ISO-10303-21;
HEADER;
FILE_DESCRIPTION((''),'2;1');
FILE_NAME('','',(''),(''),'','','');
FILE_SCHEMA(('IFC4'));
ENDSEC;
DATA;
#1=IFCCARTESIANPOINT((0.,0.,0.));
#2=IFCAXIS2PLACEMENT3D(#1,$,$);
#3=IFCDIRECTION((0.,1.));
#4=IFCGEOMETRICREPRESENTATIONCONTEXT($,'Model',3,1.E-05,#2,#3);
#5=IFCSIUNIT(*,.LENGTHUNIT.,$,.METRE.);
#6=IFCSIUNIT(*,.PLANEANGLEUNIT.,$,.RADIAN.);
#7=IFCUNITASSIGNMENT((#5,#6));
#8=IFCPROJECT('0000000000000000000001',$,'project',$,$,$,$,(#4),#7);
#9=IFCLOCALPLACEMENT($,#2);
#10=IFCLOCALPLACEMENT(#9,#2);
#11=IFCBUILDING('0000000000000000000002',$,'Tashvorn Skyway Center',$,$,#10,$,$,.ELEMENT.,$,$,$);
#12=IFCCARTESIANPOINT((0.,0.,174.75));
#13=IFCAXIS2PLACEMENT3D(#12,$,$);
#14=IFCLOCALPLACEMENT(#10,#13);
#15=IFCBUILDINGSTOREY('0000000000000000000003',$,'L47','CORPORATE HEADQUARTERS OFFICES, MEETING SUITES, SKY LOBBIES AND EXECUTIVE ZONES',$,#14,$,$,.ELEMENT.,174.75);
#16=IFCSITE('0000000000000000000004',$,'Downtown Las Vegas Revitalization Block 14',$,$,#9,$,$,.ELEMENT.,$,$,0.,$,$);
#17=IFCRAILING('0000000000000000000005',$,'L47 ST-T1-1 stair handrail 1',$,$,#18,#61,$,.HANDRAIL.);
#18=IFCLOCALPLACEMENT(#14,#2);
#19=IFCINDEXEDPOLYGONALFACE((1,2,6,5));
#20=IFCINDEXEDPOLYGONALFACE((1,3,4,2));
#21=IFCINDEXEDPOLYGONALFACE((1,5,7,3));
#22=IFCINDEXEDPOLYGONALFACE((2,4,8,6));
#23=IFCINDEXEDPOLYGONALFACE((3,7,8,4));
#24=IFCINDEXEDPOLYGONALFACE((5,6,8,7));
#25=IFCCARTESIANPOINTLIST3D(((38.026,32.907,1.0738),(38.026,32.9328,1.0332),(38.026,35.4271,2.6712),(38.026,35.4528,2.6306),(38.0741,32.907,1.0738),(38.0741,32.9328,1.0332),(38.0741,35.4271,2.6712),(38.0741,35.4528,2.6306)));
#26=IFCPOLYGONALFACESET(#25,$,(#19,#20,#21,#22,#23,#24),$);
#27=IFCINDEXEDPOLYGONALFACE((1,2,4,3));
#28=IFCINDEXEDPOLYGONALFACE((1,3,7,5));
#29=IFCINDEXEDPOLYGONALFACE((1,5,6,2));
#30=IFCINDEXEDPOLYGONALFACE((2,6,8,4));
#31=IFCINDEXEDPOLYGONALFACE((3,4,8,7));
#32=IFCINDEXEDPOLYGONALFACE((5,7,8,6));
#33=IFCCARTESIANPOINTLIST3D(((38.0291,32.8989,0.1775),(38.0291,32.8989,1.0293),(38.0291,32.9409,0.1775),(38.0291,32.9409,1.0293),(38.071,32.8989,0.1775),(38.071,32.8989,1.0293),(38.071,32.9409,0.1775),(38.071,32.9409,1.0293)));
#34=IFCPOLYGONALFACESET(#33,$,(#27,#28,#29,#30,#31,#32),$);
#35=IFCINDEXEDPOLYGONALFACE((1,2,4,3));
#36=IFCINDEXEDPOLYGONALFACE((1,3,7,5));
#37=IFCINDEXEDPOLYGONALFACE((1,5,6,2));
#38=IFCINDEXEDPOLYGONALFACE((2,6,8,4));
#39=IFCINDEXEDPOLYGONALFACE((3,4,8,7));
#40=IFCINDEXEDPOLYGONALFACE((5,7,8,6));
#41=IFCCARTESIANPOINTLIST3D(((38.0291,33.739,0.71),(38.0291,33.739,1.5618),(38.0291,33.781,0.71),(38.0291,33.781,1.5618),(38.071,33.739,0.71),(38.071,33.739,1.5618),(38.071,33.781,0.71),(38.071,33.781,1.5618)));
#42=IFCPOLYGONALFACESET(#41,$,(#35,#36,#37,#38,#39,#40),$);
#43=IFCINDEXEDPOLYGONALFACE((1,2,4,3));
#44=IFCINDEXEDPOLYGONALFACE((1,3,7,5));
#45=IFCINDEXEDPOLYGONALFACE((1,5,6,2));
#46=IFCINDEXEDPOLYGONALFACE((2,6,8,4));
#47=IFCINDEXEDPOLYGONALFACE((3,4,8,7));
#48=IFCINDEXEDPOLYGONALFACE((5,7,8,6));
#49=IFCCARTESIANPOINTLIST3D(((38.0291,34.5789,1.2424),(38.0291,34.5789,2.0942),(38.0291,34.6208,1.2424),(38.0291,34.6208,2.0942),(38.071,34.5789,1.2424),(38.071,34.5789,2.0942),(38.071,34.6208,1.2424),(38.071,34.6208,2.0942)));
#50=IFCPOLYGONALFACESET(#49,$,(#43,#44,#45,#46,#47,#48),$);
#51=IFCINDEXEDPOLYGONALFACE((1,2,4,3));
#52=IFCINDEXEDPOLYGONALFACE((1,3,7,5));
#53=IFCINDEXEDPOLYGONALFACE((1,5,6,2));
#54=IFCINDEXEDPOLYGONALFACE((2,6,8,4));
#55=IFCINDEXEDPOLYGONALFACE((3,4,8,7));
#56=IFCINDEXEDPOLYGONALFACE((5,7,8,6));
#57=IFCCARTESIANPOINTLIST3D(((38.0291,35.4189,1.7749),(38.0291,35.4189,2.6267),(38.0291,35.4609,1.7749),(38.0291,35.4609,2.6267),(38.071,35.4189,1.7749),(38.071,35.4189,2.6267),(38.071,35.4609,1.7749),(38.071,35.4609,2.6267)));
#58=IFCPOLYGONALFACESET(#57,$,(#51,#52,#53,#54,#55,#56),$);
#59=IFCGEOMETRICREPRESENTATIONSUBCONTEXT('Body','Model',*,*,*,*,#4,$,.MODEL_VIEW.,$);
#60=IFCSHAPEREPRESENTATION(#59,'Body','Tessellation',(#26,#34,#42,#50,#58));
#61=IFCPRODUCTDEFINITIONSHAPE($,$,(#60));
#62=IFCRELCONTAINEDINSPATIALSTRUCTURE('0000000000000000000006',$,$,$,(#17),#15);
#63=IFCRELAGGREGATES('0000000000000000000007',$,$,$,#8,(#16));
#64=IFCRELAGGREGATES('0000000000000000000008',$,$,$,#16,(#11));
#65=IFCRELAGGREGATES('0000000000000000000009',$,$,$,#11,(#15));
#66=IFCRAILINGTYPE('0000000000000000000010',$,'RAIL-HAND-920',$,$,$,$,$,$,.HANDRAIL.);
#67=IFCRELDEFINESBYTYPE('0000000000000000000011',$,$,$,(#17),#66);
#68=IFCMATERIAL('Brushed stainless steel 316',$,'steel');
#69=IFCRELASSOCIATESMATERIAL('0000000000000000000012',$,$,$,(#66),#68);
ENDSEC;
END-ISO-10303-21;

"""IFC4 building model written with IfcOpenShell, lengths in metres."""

from ifc_helpers import new_model, si_unit, direction, frame, origin, origin_2d, place, context, subcontext, project, spatial, rectangle, extrude, material, type_object, element, save


model = new_model("IFC4")

# Units and contexts
model_context = context("Model", 3, precision=1e-05, world=origin(), true_north=direction((0.0, 1.0)))
body_context = subcontext(model_context, "Body", "Model", "MODEL_VIEW")
ifc_project = project(units=[si_unit("LENGTHUNIT", "METRE"), si_unit("PLANEANGLEUNIT", "RADIAN")], contexts=[model_context])

# Site, building, storey
site_placement = place(None, origin())
site = spatial("IfcSite", under=ifc_project, at=site_placement, Name="Downtown Las Vegas Revitalization Block 14", CompositionType="ELEMENT", RefElevation=0.0)
building_placement = place(site_placement, origin())
building = spatial("IfcBuilding", under=site, at=building_placement, Name="Tashvorn Skyway Center", CompositionType="ELEMENT")
storey_placement = place(building_placement, frame((0.0, 0.0, 174.75)))
storey = spatial("IfcBuildingStorey", under=building, at=storey_placement, Name="L47", Description="CORPORATE HEADQUARTERS OFFICES, MEETING SUITES, SKY LOBBIES AND EXECUTIVE ZONES", CompositionType="ELEMENT", Elevation=174.75)

# Railing
ifc_material_1 = material(Name="Brushed stainless steel 316", Category="steel")
railing_type = type_object("IfcRailingType", Name="RAIL-HAND-920", PredefinedType="HANDRAIL", material=ifc_material_1)
railing_placement = place(storey_placement, frame((38.05, 32.9199, 0.1775)))
element("IfcRailing", 1, at=railing_placement, inside=storey, type_object=railing_type, Name="L47 ST-T1-1 stair handrail 1", PredefinedType="HANDRAIL", context=body_context, shape_type="SweptSolid", body=[
    extrude(rectangle(XDim=0.0481, YDim=0.0481, at=origin_2d()), frame((0.0, 0.0, 0.876), z_axis=(0.0, 0.844607, 0.535387), x_axis=(-1.0, 0.0, 0.0)), (0.0, 0.0, 1.0), 2.9836),
    extrude(rectangle(XDim=0.042, YDim=0.042, at=origin_2d()), origin(), (0.0, 0.0, 1.0), 0.8518),
    extrude(rectangle(XDim=0.042, YDim=0.042, at=origin_2d()), frame((0.0, 0.8401, 0.5325)), (0.0, 0.0, 1.0), 0.8518),
    extrude(rectangle(XDim=0.042, YDim=0.042, at=origin_2d()), frame((0.0, 1.6799, 1.0649)), (0.0, 0.0, 1.0), 0.8518),
    extrude(rectangle(XDim=0.042, YDim=0.042, at=origin_2d()), frame((0.0, 2.52, 1.5974)), (0.0, 0.0, 1.0), 0.8518),
])

save(model, "model.ifc")
